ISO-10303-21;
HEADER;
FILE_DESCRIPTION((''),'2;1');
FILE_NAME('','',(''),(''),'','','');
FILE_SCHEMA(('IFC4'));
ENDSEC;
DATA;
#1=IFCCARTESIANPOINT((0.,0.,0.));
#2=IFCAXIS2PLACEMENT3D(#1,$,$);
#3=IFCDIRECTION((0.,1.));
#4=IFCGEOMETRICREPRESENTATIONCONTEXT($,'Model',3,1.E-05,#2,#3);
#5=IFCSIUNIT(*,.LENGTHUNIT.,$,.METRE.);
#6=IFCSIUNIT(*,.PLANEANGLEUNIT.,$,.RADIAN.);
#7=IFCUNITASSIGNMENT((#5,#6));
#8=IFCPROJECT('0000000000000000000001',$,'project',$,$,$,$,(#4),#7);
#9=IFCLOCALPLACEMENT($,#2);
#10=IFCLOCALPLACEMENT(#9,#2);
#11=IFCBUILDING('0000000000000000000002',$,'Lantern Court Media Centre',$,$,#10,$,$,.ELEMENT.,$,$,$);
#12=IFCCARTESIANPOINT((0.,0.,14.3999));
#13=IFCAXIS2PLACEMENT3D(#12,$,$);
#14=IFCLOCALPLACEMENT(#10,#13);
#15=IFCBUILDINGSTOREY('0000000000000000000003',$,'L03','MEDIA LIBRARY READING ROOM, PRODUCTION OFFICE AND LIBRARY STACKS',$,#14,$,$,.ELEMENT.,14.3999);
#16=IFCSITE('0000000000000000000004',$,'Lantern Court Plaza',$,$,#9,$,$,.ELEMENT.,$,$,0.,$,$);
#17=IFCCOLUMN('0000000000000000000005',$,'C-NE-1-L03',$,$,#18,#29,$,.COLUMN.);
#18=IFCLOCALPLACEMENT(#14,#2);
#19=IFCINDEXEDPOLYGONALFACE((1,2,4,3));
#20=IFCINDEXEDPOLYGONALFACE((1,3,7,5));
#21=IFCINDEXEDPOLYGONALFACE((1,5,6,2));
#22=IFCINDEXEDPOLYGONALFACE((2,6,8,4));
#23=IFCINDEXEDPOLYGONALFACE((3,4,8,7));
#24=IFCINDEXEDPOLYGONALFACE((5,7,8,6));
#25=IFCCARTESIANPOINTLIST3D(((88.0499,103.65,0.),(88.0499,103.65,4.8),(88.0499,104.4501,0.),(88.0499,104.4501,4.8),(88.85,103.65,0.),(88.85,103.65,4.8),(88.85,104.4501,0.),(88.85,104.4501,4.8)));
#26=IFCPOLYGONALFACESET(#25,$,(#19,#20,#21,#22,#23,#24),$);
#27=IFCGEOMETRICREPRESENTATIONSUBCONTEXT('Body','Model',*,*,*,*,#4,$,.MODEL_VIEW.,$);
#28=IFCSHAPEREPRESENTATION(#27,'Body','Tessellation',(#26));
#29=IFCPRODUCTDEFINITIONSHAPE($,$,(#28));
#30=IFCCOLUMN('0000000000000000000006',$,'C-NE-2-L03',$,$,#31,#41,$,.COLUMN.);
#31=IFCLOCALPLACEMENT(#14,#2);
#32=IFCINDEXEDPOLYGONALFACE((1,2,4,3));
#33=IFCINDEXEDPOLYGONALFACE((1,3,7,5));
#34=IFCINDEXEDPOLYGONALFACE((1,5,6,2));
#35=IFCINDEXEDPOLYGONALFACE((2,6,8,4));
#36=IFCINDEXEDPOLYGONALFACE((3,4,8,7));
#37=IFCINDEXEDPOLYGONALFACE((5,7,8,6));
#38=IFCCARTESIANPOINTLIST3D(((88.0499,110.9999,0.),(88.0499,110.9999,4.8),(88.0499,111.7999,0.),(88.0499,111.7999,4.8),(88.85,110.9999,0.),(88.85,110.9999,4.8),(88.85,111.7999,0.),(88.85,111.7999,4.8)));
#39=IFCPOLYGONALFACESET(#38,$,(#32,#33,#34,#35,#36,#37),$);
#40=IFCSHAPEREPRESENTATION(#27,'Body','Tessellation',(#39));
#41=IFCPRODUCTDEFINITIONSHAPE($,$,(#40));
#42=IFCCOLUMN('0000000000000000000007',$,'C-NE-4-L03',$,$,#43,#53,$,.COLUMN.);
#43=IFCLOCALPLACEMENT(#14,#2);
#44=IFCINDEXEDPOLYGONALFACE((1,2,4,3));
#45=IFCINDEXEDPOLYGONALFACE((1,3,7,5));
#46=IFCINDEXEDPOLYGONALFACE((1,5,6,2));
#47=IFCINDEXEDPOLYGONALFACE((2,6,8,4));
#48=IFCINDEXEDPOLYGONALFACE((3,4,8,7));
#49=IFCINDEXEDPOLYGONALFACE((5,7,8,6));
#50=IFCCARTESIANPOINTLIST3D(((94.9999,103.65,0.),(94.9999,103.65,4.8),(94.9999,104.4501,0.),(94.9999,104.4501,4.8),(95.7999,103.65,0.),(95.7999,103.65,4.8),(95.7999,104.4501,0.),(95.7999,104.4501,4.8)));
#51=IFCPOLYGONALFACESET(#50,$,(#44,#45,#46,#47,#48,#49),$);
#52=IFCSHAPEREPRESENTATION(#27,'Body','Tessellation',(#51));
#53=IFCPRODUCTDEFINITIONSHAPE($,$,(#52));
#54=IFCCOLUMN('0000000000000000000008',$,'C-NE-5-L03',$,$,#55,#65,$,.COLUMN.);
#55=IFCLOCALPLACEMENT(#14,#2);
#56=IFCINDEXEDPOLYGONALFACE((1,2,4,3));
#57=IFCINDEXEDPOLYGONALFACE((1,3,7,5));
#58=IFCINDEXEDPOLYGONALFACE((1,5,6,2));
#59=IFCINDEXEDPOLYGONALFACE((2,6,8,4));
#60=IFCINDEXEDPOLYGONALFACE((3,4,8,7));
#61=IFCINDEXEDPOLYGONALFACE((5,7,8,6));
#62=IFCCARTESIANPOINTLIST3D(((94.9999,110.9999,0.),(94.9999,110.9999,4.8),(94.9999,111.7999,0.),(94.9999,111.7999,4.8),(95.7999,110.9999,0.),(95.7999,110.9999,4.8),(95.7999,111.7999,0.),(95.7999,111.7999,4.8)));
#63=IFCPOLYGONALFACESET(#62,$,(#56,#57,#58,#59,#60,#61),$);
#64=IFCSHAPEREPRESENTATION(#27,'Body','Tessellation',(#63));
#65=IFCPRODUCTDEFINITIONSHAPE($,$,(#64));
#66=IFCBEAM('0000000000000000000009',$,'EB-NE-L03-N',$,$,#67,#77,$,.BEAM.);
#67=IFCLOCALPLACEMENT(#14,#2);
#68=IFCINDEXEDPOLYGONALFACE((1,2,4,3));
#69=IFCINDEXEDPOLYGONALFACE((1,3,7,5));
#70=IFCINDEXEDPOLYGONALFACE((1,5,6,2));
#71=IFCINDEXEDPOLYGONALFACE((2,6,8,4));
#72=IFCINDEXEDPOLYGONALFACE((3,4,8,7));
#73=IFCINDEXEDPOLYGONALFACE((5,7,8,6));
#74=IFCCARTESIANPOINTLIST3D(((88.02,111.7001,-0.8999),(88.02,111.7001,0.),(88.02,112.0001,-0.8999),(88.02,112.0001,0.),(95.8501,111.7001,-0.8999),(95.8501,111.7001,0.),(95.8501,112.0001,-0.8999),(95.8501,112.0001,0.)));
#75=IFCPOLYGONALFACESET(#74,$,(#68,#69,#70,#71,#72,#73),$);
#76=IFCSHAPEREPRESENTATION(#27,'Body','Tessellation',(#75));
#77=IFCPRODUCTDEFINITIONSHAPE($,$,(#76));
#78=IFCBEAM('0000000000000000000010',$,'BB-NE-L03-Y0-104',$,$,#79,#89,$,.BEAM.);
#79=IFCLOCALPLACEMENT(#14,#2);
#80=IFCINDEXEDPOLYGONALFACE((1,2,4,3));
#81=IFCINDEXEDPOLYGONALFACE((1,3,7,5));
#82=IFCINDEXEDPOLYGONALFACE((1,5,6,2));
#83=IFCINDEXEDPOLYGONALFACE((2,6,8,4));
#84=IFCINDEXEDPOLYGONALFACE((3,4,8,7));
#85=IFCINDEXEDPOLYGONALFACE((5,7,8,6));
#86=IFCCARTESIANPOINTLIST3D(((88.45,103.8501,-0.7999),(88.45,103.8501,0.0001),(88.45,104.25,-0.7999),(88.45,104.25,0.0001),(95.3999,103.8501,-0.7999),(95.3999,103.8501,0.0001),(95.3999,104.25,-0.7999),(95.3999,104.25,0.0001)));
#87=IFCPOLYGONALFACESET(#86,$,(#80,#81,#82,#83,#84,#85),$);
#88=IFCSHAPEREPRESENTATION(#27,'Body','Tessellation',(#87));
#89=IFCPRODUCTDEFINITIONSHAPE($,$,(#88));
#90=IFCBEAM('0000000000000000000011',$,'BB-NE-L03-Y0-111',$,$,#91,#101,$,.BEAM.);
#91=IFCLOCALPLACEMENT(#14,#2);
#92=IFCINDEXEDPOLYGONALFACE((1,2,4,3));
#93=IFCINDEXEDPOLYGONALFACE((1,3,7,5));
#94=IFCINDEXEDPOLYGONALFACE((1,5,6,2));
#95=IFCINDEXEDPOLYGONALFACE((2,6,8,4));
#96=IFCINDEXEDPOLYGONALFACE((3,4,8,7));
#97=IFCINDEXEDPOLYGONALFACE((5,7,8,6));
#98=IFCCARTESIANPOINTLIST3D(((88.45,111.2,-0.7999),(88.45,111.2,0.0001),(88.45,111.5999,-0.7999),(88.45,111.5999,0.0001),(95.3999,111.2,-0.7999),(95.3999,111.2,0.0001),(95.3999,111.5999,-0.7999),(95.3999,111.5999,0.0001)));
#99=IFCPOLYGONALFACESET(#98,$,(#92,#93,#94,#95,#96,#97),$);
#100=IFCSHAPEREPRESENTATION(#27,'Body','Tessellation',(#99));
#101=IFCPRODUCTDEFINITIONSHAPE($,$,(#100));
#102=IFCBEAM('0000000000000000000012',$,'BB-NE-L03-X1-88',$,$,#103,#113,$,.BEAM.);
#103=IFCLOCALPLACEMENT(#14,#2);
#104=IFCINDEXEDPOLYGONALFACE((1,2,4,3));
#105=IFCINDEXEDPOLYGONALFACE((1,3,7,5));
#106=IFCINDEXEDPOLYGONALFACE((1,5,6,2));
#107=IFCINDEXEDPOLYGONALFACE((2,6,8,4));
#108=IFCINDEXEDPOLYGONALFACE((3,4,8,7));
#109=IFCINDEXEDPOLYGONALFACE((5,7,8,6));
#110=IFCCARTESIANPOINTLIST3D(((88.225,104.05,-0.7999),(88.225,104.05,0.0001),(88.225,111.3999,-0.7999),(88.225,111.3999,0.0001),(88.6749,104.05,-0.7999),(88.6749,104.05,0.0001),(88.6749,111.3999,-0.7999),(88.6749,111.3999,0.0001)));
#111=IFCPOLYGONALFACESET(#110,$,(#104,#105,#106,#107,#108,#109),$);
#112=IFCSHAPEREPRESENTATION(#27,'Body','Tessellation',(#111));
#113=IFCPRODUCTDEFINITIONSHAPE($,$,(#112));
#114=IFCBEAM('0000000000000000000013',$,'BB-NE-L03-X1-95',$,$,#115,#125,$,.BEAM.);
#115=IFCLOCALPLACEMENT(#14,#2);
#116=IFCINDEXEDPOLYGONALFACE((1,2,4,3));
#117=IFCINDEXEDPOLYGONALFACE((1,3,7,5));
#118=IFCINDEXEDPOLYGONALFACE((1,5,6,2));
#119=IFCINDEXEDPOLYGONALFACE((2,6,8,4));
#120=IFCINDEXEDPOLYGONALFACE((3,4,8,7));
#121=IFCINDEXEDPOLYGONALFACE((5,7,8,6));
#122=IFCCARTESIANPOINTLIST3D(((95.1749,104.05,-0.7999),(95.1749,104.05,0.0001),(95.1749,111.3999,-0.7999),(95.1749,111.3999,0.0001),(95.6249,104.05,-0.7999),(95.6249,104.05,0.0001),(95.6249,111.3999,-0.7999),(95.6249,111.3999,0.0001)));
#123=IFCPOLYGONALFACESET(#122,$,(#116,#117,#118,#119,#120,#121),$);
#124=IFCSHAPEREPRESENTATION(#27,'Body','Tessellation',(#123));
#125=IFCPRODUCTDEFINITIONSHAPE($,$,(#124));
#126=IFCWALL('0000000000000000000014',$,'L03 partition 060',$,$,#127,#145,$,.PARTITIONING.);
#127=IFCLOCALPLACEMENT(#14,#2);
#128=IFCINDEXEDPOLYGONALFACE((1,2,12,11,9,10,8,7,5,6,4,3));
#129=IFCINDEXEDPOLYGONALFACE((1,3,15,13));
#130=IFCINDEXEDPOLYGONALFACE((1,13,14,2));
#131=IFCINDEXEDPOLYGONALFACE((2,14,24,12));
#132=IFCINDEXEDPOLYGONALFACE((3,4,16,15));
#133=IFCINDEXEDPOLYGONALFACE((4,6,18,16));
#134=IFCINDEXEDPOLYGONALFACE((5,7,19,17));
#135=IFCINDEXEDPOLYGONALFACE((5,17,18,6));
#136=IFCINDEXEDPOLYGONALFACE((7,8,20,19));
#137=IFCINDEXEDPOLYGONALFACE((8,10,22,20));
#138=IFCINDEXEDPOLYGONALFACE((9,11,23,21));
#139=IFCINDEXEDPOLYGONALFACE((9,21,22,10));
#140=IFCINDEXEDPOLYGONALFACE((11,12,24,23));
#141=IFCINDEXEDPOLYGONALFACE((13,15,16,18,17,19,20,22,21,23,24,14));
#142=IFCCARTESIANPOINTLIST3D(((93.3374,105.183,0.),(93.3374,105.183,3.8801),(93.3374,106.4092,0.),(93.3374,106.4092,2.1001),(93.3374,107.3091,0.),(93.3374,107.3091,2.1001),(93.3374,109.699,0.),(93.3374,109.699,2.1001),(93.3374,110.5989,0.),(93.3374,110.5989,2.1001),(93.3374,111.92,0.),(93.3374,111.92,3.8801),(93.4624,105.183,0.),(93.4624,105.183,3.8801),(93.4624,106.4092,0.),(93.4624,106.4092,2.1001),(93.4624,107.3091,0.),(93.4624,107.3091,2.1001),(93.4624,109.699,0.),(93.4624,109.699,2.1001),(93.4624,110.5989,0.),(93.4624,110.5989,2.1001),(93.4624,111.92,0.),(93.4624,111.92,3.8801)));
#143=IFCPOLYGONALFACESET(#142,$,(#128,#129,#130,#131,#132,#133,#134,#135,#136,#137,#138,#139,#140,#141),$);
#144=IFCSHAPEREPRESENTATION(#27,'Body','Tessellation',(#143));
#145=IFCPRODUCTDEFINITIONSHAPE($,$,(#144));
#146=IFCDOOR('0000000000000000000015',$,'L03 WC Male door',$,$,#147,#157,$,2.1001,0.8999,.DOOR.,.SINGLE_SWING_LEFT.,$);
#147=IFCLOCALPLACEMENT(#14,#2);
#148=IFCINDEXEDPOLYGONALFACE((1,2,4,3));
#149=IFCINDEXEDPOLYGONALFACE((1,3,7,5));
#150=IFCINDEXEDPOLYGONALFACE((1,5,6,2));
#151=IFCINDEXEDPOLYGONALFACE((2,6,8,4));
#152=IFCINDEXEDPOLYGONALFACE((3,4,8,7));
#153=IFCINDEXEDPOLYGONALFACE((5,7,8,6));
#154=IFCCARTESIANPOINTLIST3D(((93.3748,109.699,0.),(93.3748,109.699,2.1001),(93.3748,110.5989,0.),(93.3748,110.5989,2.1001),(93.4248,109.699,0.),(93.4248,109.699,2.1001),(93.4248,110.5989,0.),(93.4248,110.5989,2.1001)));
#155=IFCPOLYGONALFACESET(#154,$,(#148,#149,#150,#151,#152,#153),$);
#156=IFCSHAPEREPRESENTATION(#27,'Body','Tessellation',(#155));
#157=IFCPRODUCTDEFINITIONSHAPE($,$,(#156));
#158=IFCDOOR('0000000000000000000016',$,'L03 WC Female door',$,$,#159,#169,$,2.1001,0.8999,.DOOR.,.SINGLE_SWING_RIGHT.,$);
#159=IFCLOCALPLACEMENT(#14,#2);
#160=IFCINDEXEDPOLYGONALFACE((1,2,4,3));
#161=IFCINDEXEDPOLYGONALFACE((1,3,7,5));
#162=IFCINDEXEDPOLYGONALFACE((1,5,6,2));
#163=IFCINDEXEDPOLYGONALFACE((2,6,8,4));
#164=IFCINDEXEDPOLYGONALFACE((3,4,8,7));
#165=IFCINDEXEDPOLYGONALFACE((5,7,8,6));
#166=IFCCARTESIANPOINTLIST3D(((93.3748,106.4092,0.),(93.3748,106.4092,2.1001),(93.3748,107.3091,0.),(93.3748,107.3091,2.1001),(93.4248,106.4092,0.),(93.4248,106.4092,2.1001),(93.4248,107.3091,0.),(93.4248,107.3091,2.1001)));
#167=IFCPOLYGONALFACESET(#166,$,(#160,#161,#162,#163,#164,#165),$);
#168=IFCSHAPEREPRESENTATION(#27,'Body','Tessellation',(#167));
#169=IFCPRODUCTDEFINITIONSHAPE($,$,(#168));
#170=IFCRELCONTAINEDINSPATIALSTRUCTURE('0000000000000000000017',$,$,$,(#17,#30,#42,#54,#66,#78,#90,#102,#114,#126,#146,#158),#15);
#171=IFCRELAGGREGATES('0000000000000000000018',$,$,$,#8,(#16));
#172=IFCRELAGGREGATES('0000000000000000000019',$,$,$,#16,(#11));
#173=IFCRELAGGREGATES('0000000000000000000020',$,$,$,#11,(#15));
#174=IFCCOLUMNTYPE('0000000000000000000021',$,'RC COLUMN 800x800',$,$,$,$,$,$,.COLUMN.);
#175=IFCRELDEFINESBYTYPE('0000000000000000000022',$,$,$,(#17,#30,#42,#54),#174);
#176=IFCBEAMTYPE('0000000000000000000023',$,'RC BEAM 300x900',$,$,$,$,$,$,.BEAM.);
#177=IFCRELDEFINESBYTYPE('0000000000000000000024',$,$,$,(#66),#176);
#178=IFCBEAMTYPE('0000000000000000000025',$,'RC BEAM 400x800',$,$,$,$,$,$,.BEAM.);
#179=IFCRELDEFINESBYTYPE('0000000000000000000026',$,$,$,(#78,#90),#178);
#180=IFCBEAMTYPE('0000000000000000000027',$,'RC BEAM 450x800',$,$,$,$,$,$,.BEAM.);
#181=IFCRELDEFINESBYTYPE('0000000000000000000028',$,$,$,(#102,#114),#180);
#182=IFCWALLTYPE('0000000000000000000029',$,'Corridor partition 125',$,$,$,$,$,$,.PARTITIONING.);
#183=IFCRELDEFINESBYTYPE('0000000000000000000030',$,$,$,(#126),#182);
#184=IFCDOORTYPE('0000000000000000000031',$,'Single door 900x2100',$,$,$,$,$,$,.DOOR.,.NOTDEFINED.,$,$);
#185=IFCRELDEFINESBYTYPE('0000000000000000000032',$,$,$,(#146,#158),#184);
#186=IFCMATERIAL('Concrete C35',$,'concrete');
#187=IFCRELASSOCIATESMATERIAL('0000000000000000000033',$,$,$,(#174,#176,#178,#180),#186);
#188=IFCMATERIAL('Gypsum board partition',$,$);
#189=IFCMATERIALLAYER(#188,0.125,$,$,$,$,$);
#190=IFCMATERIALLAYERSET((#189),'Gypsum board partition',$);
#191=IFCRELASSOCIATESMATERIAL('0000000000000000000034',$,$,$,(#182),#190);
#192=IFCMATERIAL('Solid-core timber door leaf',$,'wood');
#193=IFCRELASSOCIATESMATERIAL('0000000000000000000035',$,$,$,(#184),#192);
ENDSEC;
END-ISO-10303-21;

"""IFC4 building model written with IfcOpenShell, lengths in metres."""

from ifc_helpers import new_model, si_unit, direction, frame, frame_2d, origin, origin_2d, place, context, subcontext, project, spatial, rectangle, extrude, material, layer, layer_set, material_profile, profile_set, type_object, element, fill, save


model = new_model("IFC4")

# Units and contexts
model_context = context("Model", 3, precision=1e-05, world=origin(), true_north=direction((0.0, 1.0)))
body_context = subcontext(model_context, "Body", "Model", "MODEL_VIEW")
ifc_project = project(units=[si_unit("LENGTHUNIT", "METRE"), si_unit("PLANEANGLEUNIT", "RADIAN")], contexts=[model_context])

# Site, building, storey
site_placement = place(None, origin())
site = spatial("IfcSite", under=ifc_project, at=site_placement, Name="Lantern Court Plaza", CompositionType="ELEMENT", RefElevation=0.0)
building_placement = place(site_placement, origin())
building = spatial("IfcBuilding", under=site, at=building_placement, Name="Lantern Court Media Centre", CompositionType="ELEMENT")
storey_placement = place(building_placement, frame((0.0, 0.0, 14.3999)))
storey = spatial("IfcBuildingStorey", under=building, at=storey_placement, Name="L03", Description="MEDIA LIBRARY READING ROOM, PRODUCTION OFFICE AND LIBRARY STACKS", CompositionType="ELEMENT", Elevation=14.3999)

# Columns
ifc_material_1 = material(Name="Concrete C35", Category="concrete")
ifc_material_profile_1 = material_profile(ifc_material_1, rectangle(XDim=0.8, YDim=0.8, at=origin_2d()), Name="RC 800x800")
ifc_profile_set_1 = profile_set([ifc_material_profile_1], Name="Concrete C35")
column_type = type_object("IfcColumnType", Name="RC COLUMN 800x800", PredefinedType="COLUMN", material=ifc_profile_set_1)
for number, where, z_axis, x_axis, name in (
    (1, (88.45, 104.05, 0.0), (0.0, 0.0, 1.0), (1.0, 0.0, 0.0), "C-NE-1-L03"),
    (2, (88.45, 111.3999, 0.0), (0.0, 0.0, 1.0), (1.0, 0.0, 0.0), "C-NE-2-L03"),
    (3, (95.3999, 104.05, 0.0), (0.0, 0.0, 1.0), (1.0, 0.0, 0.0), "C-NE-4-L03"),
    (4, (95.3999, 111.3999, 0.0), (0.0, 0.0, 1.0), (1.0, 0.0, 0.0), "C-NE-5-L03"),
):
    element("IfcColumn", number, at=place(storey_placement, frame(where, z_axis=z_axis, x_axis=x_axis)), inside=storey, type_object=column_type, Name=name, PredefinedType="COLUMN", context=body_context, shape_type="SweptSolid", body=[
        extrude(rectangle(XDim=0.8, YDim=0.8, at=origin_2d()), origin(), (0.0, 0.0, 1.0), 4.8),
    ])

# Beams
ifc_material_profile_2 = material_profile(ifc_material_1, rectangle(XDim=0.3, YDim=0.8999, at=origin_2d()), Name="RC 300x900")
ifc_profile_set_2 = profile_set([ifc_material_profile_2], Name="Concrete C35")
beam_type_1 = type_object("IfcBeamType", Name="RC BEAM 300x900", PredefinedType="BEAM", material=ifc_profile_set_2)
beam_placement = place(storey_placement, frame((88.02, 111.8501, -0.45), z_axis=(1.0, 0.0, 0.0), x_axis=(0.0, 1.0, 0.0)))
element("IfcBeam", 5, at=beam_placement, inside=storey, type_object=beam_type_1, Name="EB-NE-L03-N", PredefinedType="BEAM", context=body_context, shape_type="SweptSolid", body=[
    extrude(rectangle(XDim=0.3, YDim=0.8999, at=origin_2d()), origin(), (0.0, 0.0, 1.0), 7.8301),
])
ifc_material_profile_3 = material_profile(ifc_material_1, rectangle(XDim=0.3999, YDim=0.8, at=origin_2d()), Name="RC 400x800")
ifc_profile_set_3 = profile_set([ifc_material_profile_3], Name="Concrete C35")
beam_type_2 = type_object("IfcBeamType", Name="RC BEAM 400x800", PredefinedType="BEAM", material=ifc_profile_set_3)
for number, where, z_axis, x_axis, name in (
    (6, (88.45, 104.05, -0.3999), (1.0, 0.0, 0.0), (0.0, 1.0, 0.0), "BB-NE-L03-Y0-104"),
    (7, (88.45, 111.3999, -0.3999), (1.0, 0.0, 0.0), (0.0, 1.0, 0.0), "BB-NE-L03-Y0-111"),
):
    element("IfcBeam", number, at=place(storey_placement, frame(where, z_axis=z_axis, x_axis=x_axis)), inside=storey, type_object=beam_type_2, Name=name, PredefinedType="BEAM", context=body_context, shape_type="SweptSolid", body=[
        extrude(rectangle(XDim=0.3999, YDim=0.8, at=origin_2d()), origin(), (0.0, 0.0, 1.0), 6.95),
    ])
ifc_material_profile_4 = material_profile(ifc_material_1, rectangle(XDim=0.45, YDim=0.8, at=origin_2d()), Name="RC 450x800")
ifc_profile_set_4 = profile_set([ifc_material_profile_4], Name="Concrete C35")
beam_type_3 = type_object("IfcBeamType", Name="RC BEAM 450x800", PredefinedType="BEAM", material=ifc_profile_set_4)
for number, where, z_axis, x_axis, name in (
    (8, (88.45, 104.05, -0.3999), (0.0, 1.0, 0.0), (-1.0, 0.0, 0.0), "BB-NE-L03-X1-88"),
    (9, (95.3999, 104.05, -0.3999), (0.0, 1.0, 0.0), (-1.0, 0.0, 0.0), "BB-NE-L03-X1-95"),
):
    element("IfcBeam", number, at=place(storey_placement, frame(where, z_axis=z_axis, x_axis=x_axis)), inside=storey, type_object=beam_type_3, Name=name, PredefinedType="BEAM", context=body_context, shape_type="SweptSolid", body=[
        extrude(rectangle(XDim=0.45, YDim=0.8, at=origin_2d()), origin(), (0.0, 0.0, 1.0), 7.3499),
    ])

# Wall, openings, doors
ifc_material_2 = material(Name="Gypsum board partition")
ifc_layer_1 = layer(ifc_material_2, 0.125)
ifc_layer_set_1 = layer_set([ifc_layer_1], Name="Gypsum board partition")
wall_type_1 = type_object("IfcWallType", Name="Corridor partition 125", PredefinedType="PARTITIONING", material=ifc_layer_set_1)
wall_1_placement = place(storey_placement, frame((93.3999, 105.1829, 0.0), z_axis=(0.0, 0.0, 1.0), x_axis=(0.0, 1.0, 0.0)))
wall_1 = element("IfcWall", 10, at=wall_1_placement, inside=storey, type_object=wall_type_1, Name="L03 partition 060", PredefinedType="PARTITIONING", context=body_context, shape_type="SweptSolid", body=[
    extrude(rectangle(XDim=6.7371, YDim=0.125, at=frame_2d((3.3687, 0.0))), origin(), (0.0, 0.0, 1.0), 3.8801),
])
opening_1_placement = place(wall_1_placement, frame((4.5161, 0.0, 0.0)))
opening_1 = element("IfcOpeningElement", 11, at=opening_1_placement, cuts=wall_1, PredefinedType="OPENING", context=body_context, shape_type="SweptSolid", body=[
    extrude(rectangle(XDim=0.8999, YDim=2.1001, at=frame_2d((0.45, 1.05))), frame((0.0, 0.0725, 0.0), z_axis=(0.0, -1.0, 0.0), x_axis=(1.0, 0.0, 0.0)), (0.0, 0.0, 1.0), 0.145),
])
opening_2_placement = place(wall_1_placement, frame((1.2263, 0.0, 0.0)))
opening_2 = element("IfcOpeningElement", 12, at=opening_2_placement, cuts=wall_1, PredefinedType="OPENING", context=body_context, shape_type="SweptSolid", body=[
    extrude(rectangle(XDim=0.8999, YDim=2.1001, at=frame_2d((0.45, 1.05))), frame((0.0, 0.0725, 0.0), z_axis=(0.0, -1.0, 0.0), x_axis=(1.0, 0.0, 0.0)), (0.0, 0.0, 1.0), 0.145),
])
ifc_material_3 = material(Name="Solid-core timber door leaf", Category="wood")
door_type_1 = type_object("IfcDoorType", Name="Single door 900x2100", OperationType="NOTDEFINED", PredefinedType="DOOR", material=ifc_material_3)
door_1_placement = place(opening_1_placement, frame((0.8999, 0.0, 0.0), z_axis=(0.0, 0.0, 1.0), x_axis=(-1.0, 0.0, 0.0)))
door_1 = element("IfcDoor", 13, at=door_1_placement, inside=storey, type_object=door_type_1, Name="L03 WC Male door", OperationType="SINGLE_SWING_LEFT", OverallHeight=2.1001, OverallWidth=0.8999, PredefinedType="DOOR", context=body_context, shape_type="SweptSolid", body=[
    extrude(rectangle(XDim=0.8999, YDim=2.1001, at=frame_2d((0.45, 1.05))), frame((0.0, 0.0249, 0.0), z_axis=(0.0, -1.0, 0.0), x_axis=(1.0, 0.0, 0.0)), (0.0, 0.0, 1.0), 0.05),
])
fill(opening_1, door_1)
door_2_placement = place(opening_2_placement, frame((0.8999, 0.0, 0.0), z_axis=(0.0, 0.0, 1.0), x_axis=(-1.0, 0.0, 0.0)))
door_2 = element("IfcDoor", 14, at=door_2_placement, inside=storey, type_object=door_type_1, Name="L03 WC Female door", OperationType="SINGLE_SWING_RIGHT", OverallHeight=2.1001, OverallWidth=0.8999, PredefinedType="DOOR", context=body_context, shape_type="SweptSolid", body=[
    extrude(rectangle(XDim=0.8999, YDim=2.1001, at=frame_2d((0.45, 1.05))), frame((0.0, 0.0249, 0.0), z_axis=(0.0, -1.0, 0.0), x_axis=(1.0, 0.0, 0.0)), (0.0, 0.0, 1.0), 0.05),
])
fill(opening_2, door_2)

save(model, "model.ifc")
